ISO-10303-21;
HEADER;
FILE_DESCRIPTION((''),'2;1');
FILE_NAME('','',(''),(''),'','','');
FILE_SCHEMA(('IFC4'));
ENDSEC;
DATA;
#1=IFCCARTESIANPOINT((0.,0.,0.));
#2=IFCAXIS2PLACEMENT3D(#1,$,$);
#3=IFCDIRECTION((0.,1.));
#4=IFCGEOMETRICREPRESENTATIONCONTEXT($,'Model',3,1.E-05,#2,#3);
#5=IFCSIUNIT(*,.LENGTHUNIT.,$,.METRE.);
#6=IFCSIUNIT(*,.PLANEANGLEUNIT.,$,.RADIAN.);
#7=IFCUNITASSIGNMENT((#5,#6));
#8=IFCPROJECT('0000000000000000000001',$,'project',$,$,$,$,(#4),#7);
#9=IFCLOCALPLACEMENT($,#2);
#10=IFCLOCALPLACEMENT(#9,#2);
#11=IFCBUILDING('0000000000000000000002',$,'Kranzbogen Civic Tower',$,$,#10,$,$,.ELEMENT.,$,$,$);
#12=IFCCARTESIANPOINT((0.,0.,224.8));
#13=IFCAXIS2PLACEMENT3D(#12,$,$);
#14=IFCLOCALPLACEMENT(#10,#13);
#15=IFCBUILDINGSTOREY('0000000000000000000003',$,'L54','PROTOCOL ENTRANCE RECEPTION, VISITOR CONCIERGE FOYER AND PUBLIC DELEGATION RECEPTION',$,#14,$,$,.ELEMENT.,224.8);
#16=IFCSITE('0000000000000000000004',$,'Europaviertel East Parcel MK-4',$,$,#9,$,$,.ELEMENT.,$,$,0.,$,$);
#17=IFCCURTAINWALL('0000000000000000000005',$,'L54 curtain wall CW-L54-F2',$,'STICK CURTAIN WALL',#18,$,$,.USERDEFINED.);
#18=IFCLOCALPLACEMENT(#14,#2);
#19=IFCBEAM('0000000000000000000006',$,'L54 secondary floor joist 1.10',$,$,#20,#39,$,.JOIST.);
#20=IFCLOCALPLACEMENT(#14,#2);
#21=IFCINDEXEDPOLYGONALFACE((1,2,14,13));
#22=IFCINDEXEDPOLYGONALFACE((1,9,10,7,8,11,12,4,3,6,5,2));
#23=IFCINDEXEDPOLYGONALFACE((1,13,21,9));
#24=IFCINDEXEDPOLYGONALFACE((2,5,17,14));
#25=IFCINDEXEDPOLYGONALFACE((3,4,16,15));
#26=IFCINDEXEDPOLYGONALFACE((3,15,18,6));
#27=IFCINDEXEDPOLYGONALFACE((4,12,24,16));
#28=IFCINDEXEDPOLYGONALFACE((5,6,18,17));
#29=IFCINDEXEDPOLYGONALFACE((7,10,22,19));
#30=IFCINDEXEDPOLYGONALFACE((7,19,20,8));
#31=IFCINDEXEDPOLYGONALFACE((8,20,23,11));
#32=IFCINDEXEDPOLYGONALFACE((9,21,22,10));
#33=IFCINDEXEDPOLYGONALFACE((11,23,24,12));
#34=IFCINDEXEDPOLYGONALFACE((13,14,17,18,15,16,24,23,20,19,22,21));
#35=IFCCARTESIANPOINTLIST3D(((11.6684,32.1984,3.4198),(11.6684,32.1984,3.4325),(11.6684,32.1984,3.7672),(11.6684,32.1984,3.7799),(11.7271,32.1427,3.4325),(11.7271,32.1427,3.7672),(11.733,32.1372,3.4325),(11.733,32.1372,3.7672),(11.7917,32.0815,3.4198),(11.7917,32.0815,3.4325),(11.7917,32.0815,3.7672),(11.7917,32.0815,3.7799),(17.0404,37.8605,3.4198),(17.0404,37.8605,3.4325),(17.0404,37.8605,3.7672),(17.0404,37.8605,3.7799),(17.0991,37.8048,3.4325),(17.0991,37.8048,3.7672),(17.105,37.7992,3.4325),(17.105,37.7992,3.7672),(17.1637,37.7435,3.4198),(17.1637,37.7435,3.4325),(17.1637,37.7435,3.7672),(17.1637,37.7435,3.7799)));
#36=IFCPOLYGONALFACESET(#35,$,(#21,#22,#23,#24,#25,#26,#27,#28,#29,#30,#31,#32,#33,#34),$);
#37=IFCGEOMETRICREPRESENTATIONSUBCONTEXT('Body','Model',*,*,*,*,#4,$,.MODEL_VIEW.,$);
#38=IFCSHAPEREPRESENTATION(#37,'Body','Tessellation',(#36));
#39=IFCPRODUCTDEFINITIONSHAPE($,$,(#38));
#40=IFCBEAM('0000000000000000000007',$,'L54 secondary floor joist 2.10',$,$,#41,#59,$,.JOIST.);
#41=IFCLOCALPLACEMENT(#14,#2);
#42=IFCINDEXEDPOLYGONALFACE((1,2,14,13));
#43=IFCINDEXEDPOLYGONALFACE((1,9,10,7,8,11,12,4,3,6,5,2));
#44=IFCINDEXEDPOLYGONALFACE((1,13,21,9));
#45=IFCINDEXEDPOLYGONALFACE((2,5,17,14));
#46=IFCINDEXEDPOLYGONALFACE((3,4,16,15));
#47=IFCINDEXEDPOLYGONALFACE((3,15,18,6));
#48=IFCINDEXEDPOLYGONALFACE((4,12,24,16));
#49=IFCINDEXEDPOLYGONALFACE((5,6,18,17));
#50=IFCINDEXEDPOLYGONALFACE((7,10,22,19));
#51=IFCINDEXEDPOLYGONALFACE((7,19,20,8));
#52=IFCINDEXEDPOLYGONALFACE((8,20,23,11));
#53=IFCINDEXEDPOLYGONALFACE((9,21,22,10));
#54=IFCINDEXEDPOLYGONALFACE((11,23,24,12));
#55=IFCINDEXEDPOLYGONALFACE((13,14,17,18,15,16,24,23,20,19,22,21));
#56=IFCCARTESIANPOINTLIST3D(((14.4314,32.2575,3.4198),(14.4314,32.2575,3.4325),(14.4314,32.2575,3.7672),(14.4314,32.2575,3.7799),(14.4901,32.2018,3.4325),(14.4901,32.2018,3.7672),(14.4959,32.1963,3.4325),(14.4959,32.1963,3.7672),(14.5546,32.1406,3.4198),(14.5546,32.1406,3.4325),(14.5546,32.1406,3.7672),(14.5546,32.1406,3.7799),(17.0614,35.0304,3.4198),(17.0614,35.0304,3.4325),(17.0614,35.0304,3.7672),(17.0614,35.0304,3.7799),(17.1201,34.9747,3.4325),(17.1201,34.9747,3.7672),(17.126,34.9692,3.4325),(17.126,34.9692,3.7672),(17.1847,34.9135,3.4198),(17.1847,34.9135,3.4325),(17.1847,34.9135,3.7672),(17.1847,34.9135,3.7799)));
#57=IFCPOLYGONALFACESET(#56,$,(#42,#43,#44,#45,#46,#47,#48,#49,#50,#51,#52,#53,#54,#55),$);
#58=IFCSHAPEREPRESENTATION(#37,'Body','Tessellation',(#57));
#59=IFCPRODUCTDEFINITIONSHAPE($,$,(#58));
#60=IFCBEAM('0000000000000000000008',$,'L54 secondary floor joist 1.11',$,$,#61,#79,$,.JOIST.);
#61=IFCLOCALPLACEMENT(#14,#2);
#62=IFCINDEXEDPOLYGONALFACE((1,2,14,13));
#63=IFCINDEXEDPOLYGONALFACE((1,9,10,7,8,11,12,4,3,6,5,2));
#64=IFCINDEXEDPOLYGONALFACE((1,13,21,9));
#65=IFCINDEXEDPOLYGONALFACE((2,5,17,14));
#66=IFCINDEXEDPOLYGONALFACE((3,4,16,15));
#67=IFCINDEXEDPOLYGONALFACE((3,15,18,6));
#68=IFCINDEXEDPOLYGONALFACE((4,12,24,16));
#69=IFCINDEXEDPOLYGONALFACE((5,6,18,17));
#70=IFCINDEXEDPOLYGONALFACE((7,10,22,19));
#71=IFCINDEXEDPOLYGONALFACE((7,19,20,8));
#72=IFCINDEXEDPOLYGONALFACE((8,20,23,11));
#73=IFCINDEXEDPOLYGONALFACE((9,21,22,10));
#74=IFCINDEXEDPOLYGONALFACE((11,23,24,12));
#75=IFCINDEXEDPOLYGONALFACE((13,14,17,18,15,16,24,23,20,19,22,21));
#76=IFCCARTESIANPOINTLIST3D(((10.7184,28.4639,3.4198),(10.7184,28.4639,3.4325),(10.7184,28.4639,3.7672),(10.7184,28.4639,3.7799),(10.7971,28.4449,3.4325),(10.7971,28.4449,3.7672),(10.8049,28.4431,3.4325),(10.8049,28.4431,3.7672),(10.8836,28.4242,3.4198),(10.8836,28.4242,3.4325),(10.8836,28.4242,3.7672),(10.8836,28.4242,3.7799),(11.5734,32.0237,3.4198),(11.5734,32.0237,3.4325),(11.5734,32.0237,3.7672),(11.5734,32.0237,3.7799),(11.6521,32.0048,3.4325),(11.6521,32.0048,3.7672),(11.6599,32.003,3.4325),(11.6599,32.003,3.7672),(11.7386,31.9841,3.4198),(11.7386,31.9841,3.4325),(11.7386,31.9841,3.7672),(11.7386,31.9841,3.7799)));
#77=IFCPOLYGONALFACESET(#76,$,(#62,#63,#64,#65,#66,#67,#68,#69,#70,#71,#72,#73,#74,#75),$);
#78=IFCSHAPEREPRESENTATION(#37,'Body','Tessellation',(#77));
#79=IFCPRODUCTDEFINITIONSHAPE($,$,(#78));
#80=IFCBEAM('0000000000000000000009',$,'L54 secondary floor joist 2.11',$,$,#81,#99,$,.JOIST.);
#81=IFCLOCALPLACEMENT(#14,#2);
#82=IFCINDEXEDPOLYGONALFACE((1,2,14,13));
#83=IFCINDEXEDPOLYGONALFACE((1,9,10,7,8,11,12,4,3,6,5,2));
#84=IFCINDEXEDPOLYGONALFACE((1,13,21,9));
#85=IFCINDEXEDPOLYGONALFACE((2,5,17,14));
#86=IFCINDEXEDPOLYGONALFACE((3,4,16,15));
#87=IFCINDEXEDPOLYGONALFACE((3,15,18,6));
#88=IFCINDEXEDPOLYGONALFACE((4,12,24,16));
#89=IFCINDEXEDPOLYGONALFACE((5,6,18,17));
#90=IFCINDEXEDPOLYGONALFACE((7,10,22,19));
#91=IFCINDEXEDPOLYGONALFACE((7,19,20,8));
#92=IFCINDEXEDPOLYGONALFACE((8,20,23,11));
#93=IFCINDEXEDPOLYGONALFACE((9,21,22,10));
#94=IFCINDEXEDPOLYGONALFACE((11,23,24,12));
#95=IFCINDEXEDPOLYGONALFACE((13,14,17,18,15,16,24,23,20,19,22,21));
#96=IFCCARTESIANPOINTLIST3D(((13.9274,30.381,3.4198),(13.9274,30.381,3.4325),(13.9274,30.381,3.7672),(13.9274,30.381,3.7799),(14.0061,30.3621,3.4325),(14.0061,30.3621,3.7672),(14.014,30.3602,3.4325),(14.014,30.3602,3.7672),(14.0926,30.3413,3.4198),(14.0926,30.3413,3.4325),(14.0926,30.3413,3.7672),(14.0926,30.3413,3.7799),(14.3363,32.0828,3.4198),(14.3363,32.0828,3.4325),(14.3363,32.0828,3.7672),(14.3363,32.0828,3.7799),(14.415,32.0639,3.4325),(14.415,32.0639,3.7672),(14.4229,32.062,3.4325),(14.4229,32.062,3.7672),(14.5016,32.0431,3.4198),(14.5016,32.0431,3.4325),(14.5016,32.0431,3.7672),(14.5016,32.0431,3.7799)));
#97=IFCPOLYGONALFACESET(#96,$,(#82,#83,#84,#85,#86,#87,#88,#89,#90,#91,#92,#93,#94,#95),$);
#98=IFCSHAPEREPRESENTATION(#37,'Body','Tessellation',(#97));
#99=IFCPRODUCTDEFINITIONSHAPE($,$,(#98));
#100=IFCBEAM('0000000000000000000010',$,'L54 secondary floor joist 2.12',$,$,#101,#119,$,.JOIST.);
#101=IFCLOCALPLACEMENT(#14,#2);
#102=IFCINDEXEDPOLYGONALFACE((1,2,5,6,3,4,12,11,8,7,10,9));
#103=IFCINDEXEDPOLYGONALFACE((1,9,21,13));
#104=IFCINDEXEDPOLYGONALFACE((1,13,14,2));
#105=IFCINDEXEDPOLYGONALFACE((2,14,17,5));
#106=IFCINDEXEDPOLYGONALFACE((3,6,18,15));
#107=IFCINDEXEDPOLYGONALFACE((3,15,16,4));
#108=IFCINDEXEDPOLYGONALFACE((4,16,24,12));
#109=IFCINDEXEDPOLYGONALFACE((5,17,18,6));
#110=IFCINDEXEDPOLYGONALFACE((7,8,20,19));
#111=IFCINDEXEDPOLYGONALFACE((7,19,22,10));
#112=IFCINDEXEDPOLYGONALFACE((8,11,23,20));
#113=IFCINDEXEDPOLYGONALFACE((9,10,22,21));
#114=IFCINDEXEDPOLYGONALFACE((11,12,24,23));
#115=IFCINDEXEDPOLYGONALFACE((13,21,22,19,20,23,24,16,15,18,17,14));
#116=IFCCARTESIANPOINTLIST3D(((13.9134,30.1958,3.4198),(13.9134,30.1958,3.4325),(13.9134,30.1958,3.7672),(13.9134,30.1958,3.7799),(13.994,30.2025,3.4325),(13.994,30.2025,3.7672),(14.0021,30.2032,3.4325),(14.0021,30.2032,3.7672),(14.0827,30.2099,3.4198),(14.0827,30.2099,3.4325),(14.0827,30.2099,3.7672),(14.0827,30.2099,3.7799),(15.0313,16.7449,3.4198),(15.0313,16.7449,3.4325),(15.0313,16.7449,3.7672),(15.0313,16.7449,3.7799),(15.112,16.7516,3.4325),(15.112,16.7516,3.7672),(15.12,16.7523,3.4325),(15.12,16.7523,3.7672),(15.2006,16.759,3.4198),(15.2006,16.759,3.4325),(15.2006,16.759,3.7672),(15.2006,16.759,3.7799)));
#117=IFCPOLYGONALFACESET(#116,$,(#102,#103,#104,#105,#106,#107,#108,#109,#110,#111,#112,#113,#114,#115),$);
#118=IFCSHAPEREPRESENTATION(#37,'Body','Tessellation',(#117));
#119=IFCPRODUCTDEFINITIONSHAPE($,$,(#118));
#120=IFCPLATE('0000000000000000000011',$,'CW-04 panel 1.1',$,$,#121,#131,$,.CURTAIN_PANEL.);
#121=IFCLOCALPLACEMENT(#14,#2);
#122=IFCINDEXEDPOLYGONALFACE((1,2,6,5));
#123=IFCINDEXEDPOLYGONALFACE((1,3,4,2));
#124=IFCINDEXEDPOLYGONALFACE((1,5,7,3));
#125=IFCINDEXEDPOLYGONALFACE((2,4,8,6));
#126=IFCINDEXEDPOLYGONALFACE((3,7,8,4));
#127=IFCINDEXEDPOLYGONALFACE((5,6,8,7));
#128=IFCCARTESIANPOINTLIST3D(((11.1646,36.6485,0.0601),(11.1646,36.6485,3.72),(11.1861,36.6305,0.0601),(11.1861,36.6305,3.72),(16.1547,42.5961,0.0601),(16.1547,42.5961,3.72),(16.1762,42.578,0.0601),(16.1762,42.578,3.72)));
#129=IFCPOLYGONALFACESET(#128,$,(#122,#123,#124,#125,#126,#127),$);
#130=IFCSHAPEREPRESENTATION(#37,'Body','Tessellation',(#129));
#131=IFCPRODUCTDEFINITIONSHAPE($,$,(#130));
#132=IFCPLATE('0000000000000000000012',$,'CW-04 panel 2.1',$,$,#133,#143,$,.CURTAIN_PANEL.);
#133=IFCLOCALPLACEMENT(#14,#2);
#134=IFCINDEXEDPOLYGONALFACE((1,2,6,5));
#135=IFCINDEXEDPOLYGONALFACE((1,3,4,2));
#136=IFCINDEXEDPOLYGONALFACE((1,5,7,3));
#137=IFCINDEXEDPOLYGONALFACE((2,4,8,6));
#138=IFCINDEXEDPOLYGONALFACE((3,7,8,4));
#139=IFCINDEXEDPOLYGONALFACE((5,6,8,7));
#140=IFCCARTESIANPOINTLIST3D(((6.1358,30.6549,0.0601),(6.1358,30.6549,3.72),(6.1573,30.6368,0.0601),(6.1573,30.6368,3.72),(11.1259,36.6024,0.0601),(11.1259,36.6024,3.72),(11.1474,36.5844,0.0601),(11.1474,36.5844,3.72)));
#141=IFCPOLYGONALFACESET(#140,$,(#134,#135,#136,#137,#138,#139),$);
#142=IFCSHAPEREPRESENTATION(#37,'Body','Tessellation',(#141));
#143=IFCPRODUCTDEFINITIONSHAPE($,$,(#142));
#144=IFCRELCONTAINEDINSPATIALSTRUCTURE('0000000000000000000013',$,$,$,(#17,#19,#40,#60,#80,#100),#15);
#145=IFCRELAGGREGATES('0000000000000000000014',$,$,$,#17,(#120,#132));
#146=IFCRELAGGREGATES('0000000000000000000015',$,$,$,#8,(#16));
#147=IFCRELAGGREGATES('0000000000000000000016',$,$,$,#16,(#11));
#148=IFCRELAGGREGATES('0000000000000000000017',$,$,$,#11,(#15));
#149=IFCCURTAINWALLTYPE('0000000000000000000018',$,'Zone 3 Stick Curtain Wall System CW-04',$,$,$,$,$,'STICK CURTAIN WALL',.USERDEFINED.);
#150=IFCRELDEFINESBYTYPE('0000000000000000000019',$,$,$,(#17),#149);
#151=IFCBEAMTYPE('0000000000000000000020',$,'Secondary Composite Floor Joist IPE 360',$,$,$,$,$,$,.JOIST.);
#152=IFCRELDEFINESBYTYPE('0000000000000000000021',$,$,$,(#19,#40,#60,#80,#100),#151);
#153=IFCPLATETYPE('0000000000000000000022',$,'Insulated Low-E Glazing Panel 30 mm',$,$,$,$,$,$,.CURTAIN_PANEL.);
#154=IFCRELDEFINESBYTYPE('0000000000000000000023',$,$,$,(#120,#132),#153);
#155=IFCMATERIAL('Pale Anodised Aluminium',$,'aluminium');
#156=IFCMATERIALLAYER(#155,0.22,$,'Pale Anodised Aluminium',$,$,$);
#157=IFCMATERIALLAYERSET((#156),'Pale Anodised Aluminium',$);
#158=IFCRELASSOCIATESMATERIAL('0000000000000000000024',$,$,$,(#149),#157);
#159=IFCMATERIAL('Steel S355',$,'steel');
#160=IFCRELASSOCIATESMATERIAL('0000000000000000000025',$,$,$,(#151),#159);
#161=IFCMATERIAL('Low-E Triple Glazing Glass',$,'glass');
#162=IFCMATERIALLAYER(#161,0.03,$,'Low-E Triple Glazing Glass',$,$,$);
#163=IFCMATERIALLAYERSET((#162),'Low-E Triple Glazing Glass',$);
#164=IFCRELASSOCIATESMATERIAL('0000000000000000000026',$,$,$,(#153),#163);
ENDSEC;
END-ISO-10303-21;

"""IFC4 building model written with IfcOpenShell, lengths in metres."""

from ifc_helpers import new_model, si_unit, direction, frame, origin, origin_2d, place, context, subcontext, project, spatial, rectangle, i_section, extrude, material, layer, layer_set, material_profile, profile_set, type_object, element, aggregate, save


model = new_model("IFC4")

# Units and contexts
model_context = context("Model", 3, precision=1e-05, world=origin(), true_north=direction((0.0, 1.0)))
body_context = subcontext(model_context, "Body", "Model", "MODEL_VIEW")
ifc_project = project(units=[si_unit("LENGTHUNIT", "METRE"), si_unit("PLANEANGLEUNIT", "RADIAN")], contexts=[model_context])

# Site, building, storey
site_placement = place(None, origin())
site = spatial("IfcSite", under=ifc_project, at=site_placement, Name="Europaviertel East Parcel MK-4", CompositionType="ELEMENT", RefElevation=0.0)
building_placement = place(site_placement, origin())
building = spatial("IfcBuilding", under=site, at=building_placement, Name="Kranzbogen Civic Tower", CompositionType="ELEMENT")
storey_placement = place(building_placement, frame((0.0, 0.0, 224.8)))
storey = spatial("IfcBuildingStorey", under=building, at=storey_placement, Name="L54", Description="PROTOCOL ENTRANCE RECEPTION, VISITOR CONCIERGE FOYER AND PUBLIC DELEGATION RECEPTION", CompositionType="ELEMENT", Elevation=224.8)

# Shared definitions
ifc_material_1 = material(Name="Steel S355", Category="steel")

# Shared definitions
ifc_material_2 = material(Name="Pale Anodised Aluminium", Category="aluminium")
ifc_layer_1 = layer(ifc_material_2, 0.22, Name="Pale Anodised Aluminium")
ifc_layer_set_1 = layer_set([ifc_layer_1], Name="Pale Anodised Aluminium")
curtain_wall_type = type_object("IfcCurtainWallType", Name="Zone 3 Stick Curtain Wall System CW-04", ElementType="STICK CURTAIN WALL", PredefinedType="USERDEFINED", material=ifc_layer_set_1)

# Curtain wall
curtain_wall_1_placement = place(storey_placement, origin())
curtain_wall_1 = element("IfcCurtainWall", 1, at=curtain_wall_1_placement, inside=storey, type_object=curtain_wall_type, Name="L54 curtain wall CW-L54-F2", ObjectType="STICK CURTAIN WALL", PredefinedType="USERDEFINED")

# Beams
ifc_material_profile_1 = material_profile(ifc_material_1, i_section(OverallWidth=0.1699, OverallDepth=0.3601, WebThickness=0.0081, FlangeThickness=0.0127, at=origin_2d()), Name="IPE 360")
ifc_profile_set_1 = profile_set([ifc_material_profile_1], Name="Steel S355")
beam_type_1 = type_object("IfcBeamType", Name="Secondary Composite Floor Joist IPE 360", PredefinedType="JOIST", material=ifc_profile_set_1)
beam_1_placement = place(storey_placement, frame((17.1021, 37.802, 3.5999), z_axis=(-0.688282, -0.725443, 0.0), x_axis=(0.725443, -0.688282, 0.0)))
element("IfcBeam", 2, at=beam_1_placement, inside=storey, type_object=beam_type_1, Name="L54 secondary floor joist 1.10", PredefinedType="JOIST", context=body_context, shape_type="SweptSolid", body=[
    extrude(i_section(OverallWidth=0.1699, OverallDepth=0.3601, WebThickness=0.0081, FlangeThickness=0.0127, at=origin_2d()), origin(), (0.0, 0.0, 1.0), 7.8049),
])
beam_2_placement = place(storey_placement, frame((17.123, 34.9719, 3.5999), z_axis=(-0.688175, -0.725545, 0.0), x_axis=(0.725545, -0.688175, 0.0)))
element("IfcBeam", 3, at=beam_2_placement, inside=storey, type_object=beam_type_1, Name="L54 secondary floor joist 2.10", PredefinedType="JOIST", context=body_context, shape_type="SweptSolid", body=[
    extrude(i_section(OverallWidth=0.1699, OverallDepth=0.3601, WebThickness=0.0081, FlangeThickness=0.0127, at=origin_2d()), origin(), (0.0, 0.0, 1.0), 3.8218),
])
beam_3_placement = place(storey_placement, frame((11.656, 32.0039, 3.5999), z_axis=(-0.233534, -0.972349, 0.0), x_axis=(0.972349, -0.233534, 0.0)))
element("IfcBeam", 4, at=beam_3_placement, inside=storey, type_object=beam_type_1, Name="L54 secondary floor joist 1.11", PredefinedType="JOIST", context=body_context, shape_type="SweptSolid", body=[
    extrude(i_section(OverallWidth=0.1699, OverallDepth=0.3601, WebThickness=0.0081, FlangeThickness=0.0127, at=origin_2d()), origin(), (0.0, 0.0, 1.0), 3.6611),
])
beam_4_placement = place(storey_placement, frame((14.4189, 32.063, 3.5999), z_axis=(-0.233631, -0.972325, 0.0), x_axis=(0.972325, -0.233631, 0.0)))
element("IfcBeam", 5, at=beam_4_placement, inside=storey, type_object=beam_type_1, Name="L54 secondary floor joist 2.11", PredefinedType="JOIST", context=body_context, shape_type="SweptSolid", body=[
    extrude(i_section(OverallWidth=0.1699, OverallDepth=0.3601, WebThickness=0.0081, FlangeThickness=0.0127, at=origin_2d()), origin(), (0.0, 0.0, 1.0), 1.7502),
])
beam_5_placement = place(storey_placement, frame((13.998, 30.2029, 3.5999), z_axis=(0.082825, -0.996564, 0.0), x_axis=(0.996564, 0.082825, 0.0)))
element("IfcBeam", 6, at=beam_5_placement, inside=storey, type_object=beam_type_1, Name="L54 secondary floor joist 2.12", PredefinedType="JOIST", context=body_context, shape_type="SweptSolid", body=[
    extrude(i_section(OverallWidth=0.1699, OverallDepth=0.3601, WebThickness=0.0081, FlangeThickness=0.0127, at=origin_2d()), origin(), (0.0, 0.0, 1.0), 13.4973),
])

# Plates
ifc_material_3 = material(Name="Low-E Triple Glazing Glass", Category="glass")
ifc_layer_2 = layer(ifc_material_3, 0.03, Name="Low-E Triple Glazing Glass")
ifc_layer_set_2 = layer_set([ifc_layer_2], Name="Low-E Triple Glazing Glass")
plate_type = type_object("IfcPlateType", Name="Insulated Low-E Glazing Panel 30 mm", PredefinedType="CURTAIN_PANEL", material=ifc_layer_set_2)
plate_1_placement = place(storey_placement, frame((13.6704, 39.6133, 0.0601), z_axis=(0.0, 0.0, 1.0), x_axis=(-0.642755, -0.766072, 0.0)))
plate_1 = element("IfcPlate", 7, at=plate_1_placement, type_object=plate_type, Name="CW-04 panel 1.1", PredefinedType="CURTAIN_PANEL", context=body_context, shape_type="SweptSolid", body=[
    extrude(rectangle(XDim=7.7637, YDim=0.0281, at=origin_2d()), origin(), (0.0, 0.0, 1.0), 3.6599),
])
plate_2_placement = place(storey_placement, frame((8.6416, 33.6196, 0.0601), z_axis=(0.0, 0.0, 1.0), x_axis=(-0.642755, -0.766072, 0.0)))
plate_2 = element("IfcPlate", 8, at=plate_2_placement, type_object=plate_type, Name="CW-04 panel 2.1", PredefinedType="CURTAIN_PANEL", context=body_context, shape_type="SweptSolid", body=[
    extrude(rectangle(XDim=7.7637, YDim=0.0281, at=origin_2d()), origin(), (0.0, 0.0, 1.0), 3.6599),
])
aggregate(curtain_wall_1, [plate_1, plate_2])

save(model, "model.ifc")
